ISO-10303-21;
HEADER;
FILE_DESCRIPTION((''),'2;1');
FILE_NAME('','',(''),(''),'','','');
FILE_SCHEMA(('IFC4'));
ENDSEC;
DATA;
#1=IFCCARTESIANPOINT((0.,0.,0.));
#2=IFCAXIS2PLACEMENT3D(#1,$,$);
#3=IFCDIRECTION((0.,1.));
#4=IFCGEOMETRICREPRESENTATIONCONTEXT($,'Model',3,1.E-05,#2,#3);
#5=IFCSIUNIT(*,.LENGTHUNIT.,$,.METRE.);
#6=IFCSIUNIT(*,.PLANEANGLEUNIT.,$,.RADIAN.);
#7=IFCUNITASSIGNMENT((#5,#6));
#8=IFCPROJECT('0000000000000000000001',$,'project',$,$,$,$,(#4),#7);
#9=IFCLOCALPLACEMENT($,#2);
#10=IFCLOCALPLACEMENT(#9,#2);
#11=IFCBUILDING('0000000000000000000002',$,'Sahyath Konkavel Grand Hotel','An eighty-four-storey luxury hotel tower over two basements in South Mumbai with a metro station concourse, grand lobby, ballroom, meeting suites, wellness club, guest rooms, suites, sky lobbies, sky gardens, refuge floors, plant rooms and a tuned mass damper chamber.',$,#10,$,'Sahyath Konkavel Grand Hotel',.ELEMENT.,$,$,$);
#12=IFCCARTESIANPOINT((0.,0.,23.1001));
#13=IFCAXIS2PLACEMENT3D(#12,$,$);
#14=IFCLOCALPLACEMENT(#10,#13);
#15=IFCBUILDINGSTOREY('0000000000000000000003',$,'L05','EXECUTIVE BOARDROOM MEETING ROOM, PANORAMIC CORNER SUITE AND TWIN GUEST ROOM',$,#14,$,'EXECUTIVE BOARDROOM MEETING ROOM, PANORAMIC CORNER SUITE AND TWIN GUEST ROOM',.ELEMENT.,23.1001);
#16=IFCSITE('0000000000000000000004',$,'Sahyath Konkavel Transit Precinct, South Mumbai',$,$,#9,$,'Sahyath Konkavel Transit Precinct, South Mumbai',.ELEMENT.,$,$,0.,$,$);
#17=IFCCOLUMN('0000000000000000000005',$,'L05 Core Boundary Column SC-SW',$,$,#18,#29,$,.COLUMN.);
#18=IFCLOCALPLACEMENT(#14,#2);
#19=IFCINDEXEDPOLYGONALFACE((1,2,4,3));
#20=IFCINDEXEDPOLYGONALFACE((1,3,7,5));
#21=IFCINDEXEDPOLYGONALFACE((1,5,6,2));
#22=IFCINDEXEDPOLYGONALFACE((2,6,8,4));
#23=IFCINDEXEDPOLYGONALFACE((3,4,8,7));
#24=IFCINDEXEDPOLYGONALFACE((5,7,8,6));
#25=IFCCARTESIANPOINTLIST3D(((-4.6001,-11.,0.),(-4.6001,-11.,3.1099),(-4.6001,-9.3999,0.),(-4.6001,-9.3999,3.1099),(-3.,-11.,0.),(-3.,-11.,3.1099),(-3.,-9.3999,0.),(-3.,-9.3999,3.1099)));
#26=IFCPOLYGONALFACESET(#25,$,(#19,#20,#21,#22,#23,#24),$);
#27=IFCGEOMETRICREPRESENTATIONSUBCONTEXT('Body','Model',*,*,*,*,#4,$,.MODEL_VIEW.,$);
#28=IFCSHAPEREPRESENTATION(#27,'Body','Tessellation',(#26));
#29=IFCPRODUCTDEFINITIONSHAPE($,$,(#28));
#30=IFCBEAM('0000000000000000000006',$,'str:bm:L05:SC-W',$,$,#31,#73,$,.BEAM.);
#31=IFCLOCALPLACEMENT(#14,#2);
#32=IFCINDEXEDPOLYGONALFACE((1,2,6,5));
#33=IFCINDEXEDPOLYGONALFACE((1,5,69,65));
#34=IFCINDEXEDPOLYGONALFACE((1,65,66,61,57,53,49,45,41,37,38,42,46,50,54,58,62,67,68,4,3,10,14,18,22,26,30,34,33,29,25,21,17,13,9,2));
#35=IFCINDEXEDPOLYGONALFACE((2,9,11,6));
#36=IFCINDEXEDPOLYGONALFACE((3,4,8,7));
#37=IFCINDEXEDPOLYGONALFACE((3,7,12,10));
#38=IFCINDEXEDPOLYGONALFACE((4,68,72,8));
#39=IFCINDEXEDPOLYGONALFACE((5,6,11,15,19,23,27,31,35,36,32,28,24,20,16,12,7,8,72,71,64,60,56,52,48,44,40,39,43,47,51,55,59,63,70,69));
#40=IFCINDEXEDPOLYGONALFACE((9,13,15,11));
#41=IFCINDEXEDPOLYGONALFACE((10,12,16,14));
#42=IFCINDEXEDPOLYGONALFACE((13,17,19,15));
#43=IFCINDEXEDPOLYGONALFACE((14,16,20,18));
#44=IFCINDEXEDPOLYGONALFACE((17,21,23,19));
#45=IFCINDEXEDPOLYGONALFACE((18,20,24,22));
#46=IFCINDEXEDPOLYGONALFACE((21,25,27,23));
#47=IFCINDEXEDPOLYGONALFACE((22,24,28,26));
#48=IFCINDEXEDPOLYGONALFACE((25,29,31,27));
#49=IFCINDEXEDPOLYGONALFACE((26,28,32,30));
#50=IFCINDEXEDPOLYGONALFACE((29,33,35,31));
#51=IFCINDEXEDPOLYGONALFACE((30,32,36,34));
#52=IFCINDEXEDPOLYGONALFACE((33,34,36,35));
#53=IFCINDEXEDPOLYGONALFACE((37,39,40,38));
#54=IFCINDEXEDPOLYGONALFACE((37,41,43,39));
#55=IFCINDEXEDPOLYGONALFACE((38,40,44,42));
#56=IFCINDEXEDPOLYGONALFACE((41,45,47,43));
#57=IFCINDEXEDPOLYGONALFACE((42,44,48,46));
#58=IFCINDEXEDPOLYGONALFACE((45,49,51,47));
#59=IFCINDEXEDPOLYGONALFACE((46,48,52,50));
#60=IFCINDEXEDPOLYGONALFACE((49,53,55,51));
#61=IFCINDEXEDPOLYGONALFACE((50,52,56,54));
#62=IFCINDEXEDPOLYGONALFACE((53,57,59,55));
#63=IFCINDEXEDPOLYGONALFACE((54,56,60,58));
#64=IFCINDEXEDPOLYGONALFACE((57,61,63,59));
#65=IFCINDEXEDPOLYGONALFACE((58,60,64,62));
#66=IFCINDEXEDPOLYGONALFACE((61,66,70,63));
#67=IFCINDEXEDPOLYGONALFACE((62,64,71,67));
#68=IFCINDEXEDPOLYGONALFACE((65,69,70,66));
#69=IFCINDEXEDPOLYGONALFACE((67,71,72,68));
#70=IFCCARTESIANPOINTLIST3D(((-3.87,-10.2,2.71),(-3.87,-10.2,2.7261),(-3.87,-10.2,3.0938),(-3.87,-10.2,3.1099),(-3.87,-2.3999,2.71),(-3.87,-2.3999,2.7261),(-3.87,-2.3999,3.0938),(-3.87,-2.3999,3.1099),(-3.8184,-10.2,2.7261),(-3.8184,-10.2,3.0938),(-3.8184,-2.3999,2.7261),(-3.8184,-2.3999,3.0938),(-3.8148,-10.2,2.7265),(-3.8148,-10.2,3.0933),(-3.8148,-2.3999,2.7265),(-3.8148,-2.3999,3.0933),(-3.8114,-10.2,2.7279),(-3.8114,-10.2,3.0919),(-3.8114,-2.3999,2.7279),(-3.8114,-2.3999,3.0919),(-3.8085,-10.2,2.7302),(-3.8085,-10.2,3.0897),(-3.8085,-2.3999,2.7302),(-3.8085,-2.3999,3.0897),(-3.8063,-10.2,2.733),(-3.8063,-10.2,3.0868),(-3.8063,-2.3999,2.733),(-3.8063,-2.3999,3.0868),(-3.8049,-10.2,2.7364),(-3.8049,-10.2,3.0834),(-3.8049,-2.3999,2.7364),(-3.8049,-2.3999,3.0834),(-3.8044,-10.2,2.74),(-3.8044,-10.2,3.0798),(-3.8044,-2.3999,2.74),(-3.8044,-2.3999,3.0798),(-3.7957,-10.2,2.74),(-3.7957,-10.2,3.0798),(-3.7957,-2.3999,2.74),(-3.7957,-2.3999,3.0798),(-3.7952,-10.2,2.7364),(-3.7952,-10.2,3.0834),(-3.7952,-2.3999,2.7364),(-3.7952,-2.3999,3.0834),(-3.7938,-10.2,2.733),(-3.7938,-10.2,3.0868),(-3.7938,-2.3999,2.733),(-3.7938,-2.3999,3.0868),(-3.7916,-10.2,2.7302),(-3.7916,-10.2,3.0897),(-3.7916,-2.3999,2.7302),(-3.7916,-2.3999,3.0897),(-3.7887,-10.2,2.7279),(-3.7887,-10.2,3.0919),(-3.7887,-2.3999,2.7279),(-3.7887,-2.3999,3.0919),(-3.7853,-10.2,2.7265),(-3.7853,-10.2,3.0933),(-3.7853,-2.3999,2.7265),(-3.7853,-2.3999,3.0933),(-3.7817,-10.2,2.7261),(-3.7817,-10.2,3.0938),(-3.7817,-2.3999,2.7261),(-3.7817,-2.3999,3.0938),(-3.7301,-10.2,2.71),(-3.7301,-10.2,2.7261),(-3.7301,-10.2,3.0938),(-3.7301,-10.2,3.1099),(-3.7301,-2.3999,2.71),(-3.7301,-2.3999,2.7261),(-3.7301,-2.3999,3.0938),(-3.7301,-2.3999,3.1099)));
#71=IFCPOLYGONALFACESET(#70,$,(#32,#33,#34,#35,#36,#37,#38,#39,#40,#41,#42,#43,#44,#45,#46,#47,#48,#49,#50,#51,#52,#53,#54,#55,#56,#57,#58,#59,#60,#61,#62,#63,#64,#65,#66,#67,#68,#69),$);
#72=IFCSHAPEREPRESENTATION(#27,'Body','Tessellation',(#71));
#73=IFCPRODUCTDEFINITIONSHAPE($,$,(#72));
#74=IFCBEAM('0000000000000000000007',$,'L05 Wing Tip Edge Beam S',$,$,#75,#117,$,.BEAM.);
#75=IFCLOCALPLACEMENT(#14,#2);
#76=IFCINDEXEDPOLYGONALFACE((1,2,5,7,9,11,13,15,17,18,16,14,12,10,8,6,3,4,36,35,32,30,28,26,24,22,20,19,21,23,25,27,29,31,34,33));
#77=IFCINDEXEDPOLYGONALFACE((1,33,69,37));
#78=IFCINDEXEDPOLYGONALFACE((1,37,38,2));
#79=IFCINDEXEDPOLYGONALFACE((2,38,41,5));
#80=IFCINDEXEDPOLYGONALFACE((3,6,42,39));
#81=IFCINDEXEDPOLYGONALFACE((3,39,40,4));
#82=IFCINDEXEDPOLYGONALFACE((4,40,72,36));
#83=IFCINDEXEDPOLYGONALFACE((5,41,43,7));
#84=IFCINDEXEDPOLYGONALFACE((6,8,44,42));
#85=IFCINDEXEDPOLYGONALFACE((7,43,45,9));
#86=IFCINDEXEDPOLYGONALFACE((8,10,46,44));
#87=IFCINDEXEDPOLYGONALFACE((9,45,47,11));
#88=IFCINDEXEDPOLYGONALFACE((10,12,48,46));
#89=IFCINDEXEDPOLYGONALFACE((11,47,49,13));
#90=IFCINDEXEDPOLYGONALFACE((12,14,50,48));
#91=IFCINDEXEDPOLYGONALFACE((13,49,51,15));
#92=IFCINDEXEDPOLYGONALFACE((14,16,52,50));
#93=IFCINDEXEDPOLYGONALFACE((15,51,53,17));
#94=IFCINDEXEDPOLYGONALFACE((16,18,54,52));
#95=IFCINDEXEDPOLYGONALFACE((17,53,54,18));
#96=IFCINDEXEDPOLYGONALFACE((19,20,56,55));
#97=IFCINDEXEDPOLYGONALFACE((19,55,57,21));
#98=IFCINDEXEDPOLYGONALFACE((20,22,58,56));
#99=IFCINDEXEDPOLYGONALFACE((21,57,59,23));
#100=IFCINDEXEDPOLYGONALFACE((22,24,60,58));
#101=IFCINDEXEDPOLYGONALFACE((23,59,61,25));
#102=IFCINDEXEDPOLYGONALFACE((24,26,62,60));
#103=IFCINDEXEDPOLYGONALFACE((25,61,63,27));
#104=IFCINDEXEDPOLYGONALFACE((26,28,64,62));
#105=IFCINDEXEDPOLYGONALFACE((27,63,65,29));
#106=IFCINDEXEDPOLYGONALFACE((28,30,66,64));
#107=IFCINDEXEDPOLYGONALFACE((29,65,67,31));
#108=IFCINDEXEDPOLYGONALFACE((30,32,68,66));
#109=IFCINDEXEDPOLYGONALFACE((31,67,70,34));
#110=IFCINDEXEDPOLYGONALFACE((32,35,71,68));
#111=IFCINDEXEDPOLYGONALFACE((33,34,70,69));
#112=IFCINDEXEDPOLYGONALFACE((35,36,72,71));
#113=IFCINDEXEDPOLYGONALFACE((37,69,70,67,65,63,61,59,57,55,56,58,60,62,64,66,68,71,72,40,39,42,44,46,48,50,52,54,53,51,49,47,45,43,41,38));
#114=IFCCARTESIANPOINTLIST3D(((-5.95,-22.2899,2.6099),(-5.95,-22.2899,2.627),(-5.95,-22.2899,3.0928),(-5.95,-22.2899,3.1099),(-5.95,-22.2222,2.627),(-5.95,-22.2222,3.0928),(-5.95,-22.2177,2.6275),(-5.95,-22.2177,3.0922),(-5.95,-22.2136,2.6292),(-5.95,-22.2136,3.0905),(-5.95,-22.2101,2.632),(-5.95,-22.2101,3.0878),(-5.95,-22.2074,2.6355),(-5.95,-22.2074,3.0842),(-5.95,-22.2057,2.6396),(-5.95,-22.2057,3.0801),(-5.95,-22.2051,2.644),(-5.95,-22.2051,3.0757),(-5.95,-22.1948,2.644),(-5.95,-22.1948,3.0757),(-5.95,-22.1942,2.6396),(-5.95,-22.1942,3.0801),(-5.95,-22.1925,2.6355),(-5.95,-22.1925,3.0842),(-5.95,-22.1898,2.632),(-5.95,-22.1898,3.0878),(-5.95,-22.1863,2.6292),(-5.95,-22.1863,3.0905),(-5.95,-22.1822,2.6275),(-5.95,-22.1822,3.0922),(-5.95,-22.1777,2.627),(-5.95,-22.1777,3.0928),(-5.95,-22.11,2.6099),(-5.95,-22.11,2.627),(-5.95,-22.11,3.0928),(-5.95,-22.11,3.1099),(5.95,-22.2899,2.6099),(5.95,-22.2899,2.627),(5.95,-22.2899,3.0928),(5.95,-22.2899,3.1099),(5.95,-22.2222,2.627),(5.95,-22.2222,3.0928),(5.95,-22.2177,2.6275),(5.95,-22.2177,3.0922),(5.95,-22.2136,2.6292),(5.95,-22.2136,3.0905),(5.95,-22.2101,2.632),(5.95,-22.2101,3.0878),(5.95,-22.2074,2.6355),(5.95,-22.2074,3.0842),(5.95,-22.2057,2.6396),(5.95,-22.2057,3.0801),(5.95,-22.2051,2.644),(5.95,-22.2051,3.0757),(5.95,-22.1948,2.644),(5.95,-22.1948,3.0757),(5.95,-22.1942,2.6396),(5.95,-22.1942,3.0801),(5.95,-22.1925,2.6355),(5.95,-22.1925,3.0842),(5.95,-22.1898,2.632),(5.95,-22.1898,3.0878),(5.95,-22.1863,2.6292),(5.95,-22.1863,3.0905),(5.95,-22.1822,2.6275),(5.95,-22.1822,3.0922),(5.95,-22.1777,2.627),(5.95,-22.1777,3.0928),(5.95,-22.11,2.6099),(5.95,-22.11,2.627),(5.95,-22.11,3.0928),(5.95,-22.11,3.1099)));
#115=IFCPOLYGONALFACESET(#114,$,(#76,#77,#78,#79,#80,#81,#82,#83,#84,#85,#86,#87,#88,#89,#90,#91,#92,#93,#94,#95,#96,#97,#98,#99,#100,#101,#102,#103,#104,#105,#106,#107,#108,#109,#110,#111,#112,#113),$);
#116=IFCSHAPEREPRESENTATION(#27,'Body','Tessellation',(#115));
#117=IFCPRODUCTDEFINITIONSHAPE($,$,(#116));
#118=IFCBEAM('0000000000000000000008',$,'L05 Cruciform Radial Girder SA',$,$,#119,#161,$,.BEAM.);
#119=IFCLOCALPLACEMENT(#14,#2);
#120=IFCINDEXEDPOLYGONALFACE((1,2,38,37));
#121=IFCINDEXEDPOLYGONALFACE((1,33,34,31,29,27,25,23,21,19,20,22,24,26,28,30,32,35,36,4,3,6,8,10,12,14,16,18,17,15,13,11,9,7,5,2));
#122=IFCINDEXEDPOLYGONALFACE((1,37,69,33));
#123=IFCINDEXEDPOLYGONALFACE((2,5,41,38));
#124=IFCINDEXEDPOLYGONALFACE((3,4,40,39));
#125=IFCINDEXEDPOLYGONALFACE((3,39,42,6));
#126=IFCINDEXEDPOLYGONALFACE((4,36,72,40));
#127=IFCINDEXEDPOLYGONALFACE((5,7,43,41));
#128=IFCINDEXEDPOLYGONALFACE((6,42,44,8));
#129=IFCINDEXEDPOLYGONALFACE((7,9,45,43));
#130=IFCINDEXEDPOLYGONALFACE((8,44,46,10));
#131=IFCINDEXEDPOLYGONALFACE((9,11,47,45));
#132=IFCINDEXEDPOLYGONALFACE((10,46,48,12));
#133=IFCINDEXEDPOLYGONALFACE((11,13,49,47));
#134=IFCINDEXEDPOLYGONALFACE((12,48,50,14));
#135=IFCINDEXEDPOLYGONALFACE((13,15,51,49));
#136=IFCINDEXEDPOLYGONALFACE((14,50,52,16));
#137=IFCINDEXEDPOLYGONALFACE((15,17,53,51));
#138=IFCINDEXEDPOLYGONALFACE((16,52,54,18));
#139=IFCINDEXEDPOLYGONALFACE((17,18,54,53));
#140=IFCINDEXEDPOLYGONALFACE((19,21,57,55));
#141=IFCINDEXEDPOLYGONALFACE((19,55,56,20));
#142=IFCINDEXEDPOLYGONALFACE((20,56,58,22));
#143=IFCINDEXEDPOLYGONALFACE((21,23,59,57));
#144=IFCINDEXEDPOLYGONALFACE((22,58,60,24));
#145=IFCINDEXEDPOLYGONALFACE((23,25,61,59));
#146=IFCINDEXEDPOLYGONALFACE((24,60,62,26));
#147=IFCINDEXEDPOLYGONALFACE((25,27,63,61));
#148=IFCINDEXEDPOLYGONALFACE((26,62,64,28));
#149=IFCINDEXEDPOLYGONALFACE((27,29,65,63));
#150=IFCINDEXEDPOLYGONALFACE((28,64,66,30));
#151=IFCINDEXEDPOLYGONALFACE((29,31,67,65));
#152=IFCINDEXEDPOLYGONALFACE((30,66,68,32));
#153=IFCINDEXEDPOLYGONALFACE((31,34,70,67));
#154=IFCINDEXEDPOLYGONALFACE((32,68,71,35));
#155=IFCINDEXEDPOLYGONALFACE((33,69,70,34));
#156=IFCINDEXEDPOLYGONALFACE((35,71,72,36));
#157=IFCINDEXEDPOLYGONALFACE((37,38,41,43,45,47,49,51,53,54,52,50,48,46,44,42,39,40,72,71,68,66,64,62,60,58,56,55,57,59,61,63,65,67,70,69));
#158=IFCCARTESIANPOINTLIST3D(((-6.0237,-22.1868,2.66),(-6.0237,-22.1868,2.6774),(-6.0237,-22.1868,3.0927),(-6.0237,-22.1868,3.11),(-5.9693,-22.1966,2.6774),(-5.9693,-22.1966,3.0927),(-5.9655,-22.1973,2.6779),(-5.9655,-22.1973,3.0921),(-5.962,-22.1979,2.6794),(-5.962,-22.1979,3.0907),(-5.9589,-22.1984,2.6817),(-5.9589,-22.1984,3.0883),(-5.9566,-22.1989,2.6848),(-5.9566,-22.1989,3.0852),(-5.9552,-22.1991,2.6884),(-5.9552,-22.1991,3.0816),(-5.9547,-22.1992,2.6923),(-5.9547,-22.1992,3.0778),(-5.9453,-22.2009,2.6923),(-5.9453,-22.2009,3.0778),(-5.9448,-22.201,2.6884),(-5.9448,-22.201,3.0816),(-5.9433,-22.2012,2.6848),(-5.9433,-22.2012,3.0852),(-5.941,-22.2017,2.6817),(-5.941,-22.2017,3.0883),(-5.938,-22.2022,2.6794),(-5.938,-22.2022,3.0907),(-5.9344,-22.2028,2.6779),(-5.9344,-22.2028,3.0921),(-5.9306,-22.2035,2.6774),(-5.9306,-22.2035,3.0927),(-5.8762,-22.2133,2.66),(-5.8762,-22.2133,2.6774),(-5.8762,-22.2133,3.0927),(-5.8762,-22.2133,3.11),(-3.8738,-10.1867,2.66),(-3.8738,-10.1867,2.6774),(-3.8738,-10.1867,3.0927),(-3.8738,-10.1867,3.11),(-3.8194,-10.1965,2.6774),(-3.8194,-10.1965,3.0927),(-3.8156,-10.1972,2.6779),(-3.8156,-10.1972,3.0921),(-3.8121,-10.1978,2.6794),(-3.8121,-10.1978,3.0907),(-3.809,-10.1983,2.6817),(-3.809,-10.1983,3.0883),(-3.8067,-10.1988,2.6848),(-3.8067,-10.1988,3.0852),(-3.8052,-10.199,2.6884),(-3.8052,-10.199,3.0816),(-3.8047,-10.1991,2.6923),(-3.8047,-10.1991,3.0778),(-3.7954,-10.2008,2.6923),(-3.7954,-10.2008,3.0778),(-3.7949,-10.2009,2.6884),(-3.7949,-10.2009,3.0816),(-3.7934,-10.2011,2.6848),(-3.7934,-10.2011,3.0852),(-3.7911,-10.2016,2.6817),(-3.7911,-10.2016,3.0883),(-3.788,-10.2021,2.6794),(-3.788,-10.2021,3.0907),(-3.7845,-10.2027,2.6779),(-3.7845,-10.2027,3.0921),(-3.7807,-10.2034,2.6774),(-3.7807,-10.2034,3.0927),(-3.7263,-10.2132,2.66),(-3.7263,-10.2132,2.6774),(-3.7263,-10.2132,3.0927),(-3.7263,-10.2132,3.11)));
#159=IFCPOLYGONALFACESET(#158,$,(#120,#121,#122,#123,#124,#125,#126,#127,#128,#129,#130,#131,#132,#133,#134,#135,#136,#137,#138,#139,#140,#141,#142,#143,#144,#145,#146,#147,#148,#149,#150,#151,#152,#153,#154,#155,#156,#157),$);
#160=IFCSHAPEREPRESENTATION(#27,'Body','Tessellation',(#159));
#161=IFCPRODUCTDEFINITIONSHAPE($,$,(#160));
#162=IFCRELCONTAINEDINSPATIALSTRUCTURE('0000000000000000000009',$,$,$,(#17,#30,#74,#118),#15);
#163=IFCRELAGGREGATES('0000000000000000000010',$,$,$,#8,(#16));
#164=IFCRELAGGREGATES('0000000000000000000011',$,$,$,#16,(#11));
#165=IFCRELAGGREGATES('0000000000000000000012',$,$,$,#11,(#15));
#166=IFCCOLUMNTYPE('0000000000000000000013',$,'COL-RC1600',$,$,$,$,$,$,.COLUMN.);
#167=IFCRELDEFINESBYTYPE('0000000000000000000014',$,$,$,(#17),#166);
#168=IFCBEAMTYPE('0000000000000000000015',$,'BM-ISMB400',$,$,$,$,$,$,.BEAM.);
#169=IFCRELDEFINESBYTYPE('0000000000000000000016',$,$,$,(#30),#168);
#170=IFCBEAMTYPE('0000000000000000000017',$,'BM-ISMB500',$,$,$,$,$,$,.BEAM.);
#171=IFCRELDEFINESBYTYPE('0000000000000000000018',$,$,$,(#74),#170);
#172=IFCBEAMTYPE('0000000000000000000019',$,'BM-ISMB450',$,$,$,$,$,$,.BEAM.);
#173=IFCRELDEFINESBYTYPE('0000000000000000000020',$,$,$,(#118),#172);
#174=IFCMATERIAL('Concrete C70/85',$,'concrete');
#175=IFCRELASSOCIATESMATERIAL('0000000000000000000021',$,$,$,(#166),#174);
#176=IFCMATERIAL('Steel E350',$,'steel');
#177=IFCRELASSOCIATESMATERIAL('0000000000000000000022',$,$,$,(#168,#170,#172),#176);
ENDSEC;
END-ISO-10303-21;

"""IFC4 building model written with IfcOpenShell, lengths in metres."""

from ifc_helpers import new_model, si_unit, direction, frame, origin, origin_2d, place, context, subcontext, project, spatial, rectangle, i_section, extrude, source, transform, mapped, material, material_profile, profile_set, type_object, element, save


model = new_model("IFC4")

# Units and contexts
model_context = context("Model", 3, precision=1e-05, world=origin(), true_north=direction((0.0, 1.0)))
body_context = subcontext(model_context, "Body", "Model", "MODEL_VIEW")
ifc_project = project(units=[si_unit("LENGTHUNIT", "METRE"), si_unit("PLANEANGLEUNIT", "RADIAN")], contexts=[model_context])

# Site, building, storey
site_placement = place(None, origin())
site = spatial("IfcSite", under=ifc_project, at=site_placement, Name="Sahyath Konkavel Transit Precinct, South Mumbai", LongName="Sahyath Konkavel Transit Precinct, South Mumbai", CompositionType="ELEMENT", RefElevation=0.0)
building_placement = place(site_placement, origin())
building = spatial("IfcBuilding", under=site, at=building_placement, Name="Sahyath Konkavel Grand Hotel", Description="An eighty-four-storey luxury hotel tower over two basements in South Mumbai with a metro station concourse, grand lobby, ballroom, meeting suites, wellness club, guest rooms, suites, sky lobbies, sky gardens, refuge floors, plant rooms and a tuned mass damper chamber.", LongName="Sahyath Konkavel Grand Hotel", CompositionType="ELEMENT")
storey_placement = place(building_placement, frame((0.0, 0.0, 23.1001)))
storey = spatial("IfcBuildingStorey", under=building, at=storey_placement, Name="L05", Description="EXECUTIVE BOARDROOM MEETING ROOM, PANORAMIC CORNER SUITE AND TWIN GUEST ROOM", LongName="EXECUTIVE BOARDROOM MEETING ROOM, PANORAMIC CORNER SUITE AND TWIN GUEST ROOM", CompositionType="ELEMENT", Elevation=23.1001)

# Column
ifc_material_1 = material(Name="Concrete C70/85", Category="concrete")
ifc_material_profile_1 = material_profile(ifc_material_1, rectangle(XDim=1.6001, YDim=1.6001, at=origin_2d()), Name="RC 1600x1600")
ifc_profile_set_1 = profile_set([ifc_material_profile_1], Name="Concrete C70/85")
column_type = type_object("IfcColumnType", Name="COL-RC1600", PredefinedType="COLUMN", material=ifc_profile_set_1)
shared_shape_1 = source(origin(), body_context, "Body", "SweptSolid", [
    extrude(rectangle(XDim=1.6001, YDim=1.6001, at=origin_2d()), origin(), (0.0, 0.0, 1.0), 3.1099),
])
column_placement = place(storey_placement, frame((-3.8, -10.2, 0.0), z_axis=(0.0, 0.0, 1.0), x_axis=(1.0, 0.0, 0.0)))
element("IfcColumn", 1, at=column_placement, inside=storey, type_object=column_type, Name="L05 Core Boundary Column SC-SW", PredefinedType="COLUMN", context=body_context, shape_type="MappedRepresentation", body=[
    mapped(shared_shape_1, transform((0.0, 0.0, 0.0), scale=1.0)),
])

# Beams
ifc_material_2 = material(Name="Steel E350", Category="steel")
ifc_material_profile_2 = material_profile(ifc_material_2, i_section(OverallWidth=0.1399, OverallDepth=0.3999, WebThickness=0.0088, FlangeThickness=0.0161, FilletRadius=0.0139, at=origin_2d()), Name="ISMB 400")
ifc_profile_set_2 = profile_set([ifc_material_profile_2], Name="Steel E350")
beam_type_1 = type_object("IfcBeamType", Name="BM-ISMB400", PredefinedType="BEAM", material=ifc_profile_set_2)
shared_shape_2 = source(origin(), body_context, "Body", "SweptSolid", [
    extrude(i_section(OverallWidth=0.1399, OverallDepth=0.3999, WebThickness=0.0088, FlangeThickness=0.0161, FilletRadius=0.0139, at=origin_2d()), origin(), (0.0, 0.0, 1.0), 7.8),
])
beam_1_placement = place(storey_placement, frame((-3.8, -10.2, 2.9099), z_axis=(0.0, 1.0, 0.0), x_axis=(-1.0, 0.0, 0.0)))
element("IfcBeam", 2, at=beam_1_placement, inside=storey, type_object=beam_type_1, Name="str:bm:L05:SC-W", PredefinedType="BEAM", context=body_context, shape_type="MappedRepresentation", body=[
    mapped(shared_shape_2, transform((0.0, 0.0, 0.0), scale=1.0)),
])
ifc_material_profile_3 = material_profile(ifc_material_2, i_section(OverallWidth=0.1799, OverallDepth=0.5, WebThickness=0.0103, FlangeThickness=0.0171, FilletRadius=0.0171, at=origin_2d()), Name="ISMB 500")
ifc_profile_set_3 = profile_set([ifc_material_profile_3], Name="Steel E350")
beam_type_2 = type_object("IfcBeamType", Name="BM-ISMB500", PredefinedType="BEAM", material=ifc_profile_set_3)
shared_shape_3 = source(origin(), body_context, "Body", "SweptSolid", [
    extrude(i_section(OverallWidth=0.1799, OverallDepth=0.5, WebThickness=0.0103, FlangeThickness=0.0171, FilletRadius=0.0171, at=origin_2d()), origin(), (0.0, 0.0, 1.0), 11.8999),
])
beam_2_placement = place(storey_placement, frame((-5.95, -22.2, 2.8599), z_axis=(1.0, 0.0, 0.0), x_axis=(0.0, 1.0, 0.0)))
element("IfcBeam", 3, at=beam_2_placement, inside=storey, type_object=beam_type_2, Name="L05 Wing Tip Edge Beam S", PredefinedType="BEAM", context=body_context, shape_type="MappedRepresentation", body=[
    mapped(shared_shape_3, transform((0.0, 0.0, 0.0), scale=1.0)),
])
ifc_material_profile_4 = material_profile(ifc_material_2, i_section(OverallWidth=0.1499, OverallDepth=0.45, WebThickness=0.0095, FlangeThickness=0.0173, FilletRadius=0.0149, at=origin_2d()), Name="ISMB 450")
ifc_profile_set_4 = profile_set([ifc_material_profile_4], Name="Steel E350")
beam_type_3 = type_object("IfcBeamType", Name="BM-ISMB450", PredefinedType="BEAM", material=ifc_profile_set_4)
shared_shape_4 = source(origin(), body_context, "Body", "SweptSolid", [
    extrude(i_section(OverallWidth=0.1499, OverallDepth=0.45, WebThickness=0.0095, FlangeThickness=0.0173, FilletRadius=0.0149, at=origin_2d()), origin(), (0.0, 0.0, 1.0), 12.1912),
])
beam_3_placement = place(storey_placement, frame((-3.8, -10.2, 2.885), z_axis=(-0.176351, -0.984327, 0.0), x_axis=(0.984327, -0.176351, 0.0)))
element("IfcBeam", 4, at=beam_3_placement, inside=storey, type_object=beam_type_3, Name="L05 Cruciform Radial Girder SA", PredefinedType="BEAM", context=body_context, shape_type="MappedRepresentation", body=[
    mapped(shared_shape_4, transform((0.0, 0.0, 0.0), scale=1.0)),
])

save(model, "model.ifc")
